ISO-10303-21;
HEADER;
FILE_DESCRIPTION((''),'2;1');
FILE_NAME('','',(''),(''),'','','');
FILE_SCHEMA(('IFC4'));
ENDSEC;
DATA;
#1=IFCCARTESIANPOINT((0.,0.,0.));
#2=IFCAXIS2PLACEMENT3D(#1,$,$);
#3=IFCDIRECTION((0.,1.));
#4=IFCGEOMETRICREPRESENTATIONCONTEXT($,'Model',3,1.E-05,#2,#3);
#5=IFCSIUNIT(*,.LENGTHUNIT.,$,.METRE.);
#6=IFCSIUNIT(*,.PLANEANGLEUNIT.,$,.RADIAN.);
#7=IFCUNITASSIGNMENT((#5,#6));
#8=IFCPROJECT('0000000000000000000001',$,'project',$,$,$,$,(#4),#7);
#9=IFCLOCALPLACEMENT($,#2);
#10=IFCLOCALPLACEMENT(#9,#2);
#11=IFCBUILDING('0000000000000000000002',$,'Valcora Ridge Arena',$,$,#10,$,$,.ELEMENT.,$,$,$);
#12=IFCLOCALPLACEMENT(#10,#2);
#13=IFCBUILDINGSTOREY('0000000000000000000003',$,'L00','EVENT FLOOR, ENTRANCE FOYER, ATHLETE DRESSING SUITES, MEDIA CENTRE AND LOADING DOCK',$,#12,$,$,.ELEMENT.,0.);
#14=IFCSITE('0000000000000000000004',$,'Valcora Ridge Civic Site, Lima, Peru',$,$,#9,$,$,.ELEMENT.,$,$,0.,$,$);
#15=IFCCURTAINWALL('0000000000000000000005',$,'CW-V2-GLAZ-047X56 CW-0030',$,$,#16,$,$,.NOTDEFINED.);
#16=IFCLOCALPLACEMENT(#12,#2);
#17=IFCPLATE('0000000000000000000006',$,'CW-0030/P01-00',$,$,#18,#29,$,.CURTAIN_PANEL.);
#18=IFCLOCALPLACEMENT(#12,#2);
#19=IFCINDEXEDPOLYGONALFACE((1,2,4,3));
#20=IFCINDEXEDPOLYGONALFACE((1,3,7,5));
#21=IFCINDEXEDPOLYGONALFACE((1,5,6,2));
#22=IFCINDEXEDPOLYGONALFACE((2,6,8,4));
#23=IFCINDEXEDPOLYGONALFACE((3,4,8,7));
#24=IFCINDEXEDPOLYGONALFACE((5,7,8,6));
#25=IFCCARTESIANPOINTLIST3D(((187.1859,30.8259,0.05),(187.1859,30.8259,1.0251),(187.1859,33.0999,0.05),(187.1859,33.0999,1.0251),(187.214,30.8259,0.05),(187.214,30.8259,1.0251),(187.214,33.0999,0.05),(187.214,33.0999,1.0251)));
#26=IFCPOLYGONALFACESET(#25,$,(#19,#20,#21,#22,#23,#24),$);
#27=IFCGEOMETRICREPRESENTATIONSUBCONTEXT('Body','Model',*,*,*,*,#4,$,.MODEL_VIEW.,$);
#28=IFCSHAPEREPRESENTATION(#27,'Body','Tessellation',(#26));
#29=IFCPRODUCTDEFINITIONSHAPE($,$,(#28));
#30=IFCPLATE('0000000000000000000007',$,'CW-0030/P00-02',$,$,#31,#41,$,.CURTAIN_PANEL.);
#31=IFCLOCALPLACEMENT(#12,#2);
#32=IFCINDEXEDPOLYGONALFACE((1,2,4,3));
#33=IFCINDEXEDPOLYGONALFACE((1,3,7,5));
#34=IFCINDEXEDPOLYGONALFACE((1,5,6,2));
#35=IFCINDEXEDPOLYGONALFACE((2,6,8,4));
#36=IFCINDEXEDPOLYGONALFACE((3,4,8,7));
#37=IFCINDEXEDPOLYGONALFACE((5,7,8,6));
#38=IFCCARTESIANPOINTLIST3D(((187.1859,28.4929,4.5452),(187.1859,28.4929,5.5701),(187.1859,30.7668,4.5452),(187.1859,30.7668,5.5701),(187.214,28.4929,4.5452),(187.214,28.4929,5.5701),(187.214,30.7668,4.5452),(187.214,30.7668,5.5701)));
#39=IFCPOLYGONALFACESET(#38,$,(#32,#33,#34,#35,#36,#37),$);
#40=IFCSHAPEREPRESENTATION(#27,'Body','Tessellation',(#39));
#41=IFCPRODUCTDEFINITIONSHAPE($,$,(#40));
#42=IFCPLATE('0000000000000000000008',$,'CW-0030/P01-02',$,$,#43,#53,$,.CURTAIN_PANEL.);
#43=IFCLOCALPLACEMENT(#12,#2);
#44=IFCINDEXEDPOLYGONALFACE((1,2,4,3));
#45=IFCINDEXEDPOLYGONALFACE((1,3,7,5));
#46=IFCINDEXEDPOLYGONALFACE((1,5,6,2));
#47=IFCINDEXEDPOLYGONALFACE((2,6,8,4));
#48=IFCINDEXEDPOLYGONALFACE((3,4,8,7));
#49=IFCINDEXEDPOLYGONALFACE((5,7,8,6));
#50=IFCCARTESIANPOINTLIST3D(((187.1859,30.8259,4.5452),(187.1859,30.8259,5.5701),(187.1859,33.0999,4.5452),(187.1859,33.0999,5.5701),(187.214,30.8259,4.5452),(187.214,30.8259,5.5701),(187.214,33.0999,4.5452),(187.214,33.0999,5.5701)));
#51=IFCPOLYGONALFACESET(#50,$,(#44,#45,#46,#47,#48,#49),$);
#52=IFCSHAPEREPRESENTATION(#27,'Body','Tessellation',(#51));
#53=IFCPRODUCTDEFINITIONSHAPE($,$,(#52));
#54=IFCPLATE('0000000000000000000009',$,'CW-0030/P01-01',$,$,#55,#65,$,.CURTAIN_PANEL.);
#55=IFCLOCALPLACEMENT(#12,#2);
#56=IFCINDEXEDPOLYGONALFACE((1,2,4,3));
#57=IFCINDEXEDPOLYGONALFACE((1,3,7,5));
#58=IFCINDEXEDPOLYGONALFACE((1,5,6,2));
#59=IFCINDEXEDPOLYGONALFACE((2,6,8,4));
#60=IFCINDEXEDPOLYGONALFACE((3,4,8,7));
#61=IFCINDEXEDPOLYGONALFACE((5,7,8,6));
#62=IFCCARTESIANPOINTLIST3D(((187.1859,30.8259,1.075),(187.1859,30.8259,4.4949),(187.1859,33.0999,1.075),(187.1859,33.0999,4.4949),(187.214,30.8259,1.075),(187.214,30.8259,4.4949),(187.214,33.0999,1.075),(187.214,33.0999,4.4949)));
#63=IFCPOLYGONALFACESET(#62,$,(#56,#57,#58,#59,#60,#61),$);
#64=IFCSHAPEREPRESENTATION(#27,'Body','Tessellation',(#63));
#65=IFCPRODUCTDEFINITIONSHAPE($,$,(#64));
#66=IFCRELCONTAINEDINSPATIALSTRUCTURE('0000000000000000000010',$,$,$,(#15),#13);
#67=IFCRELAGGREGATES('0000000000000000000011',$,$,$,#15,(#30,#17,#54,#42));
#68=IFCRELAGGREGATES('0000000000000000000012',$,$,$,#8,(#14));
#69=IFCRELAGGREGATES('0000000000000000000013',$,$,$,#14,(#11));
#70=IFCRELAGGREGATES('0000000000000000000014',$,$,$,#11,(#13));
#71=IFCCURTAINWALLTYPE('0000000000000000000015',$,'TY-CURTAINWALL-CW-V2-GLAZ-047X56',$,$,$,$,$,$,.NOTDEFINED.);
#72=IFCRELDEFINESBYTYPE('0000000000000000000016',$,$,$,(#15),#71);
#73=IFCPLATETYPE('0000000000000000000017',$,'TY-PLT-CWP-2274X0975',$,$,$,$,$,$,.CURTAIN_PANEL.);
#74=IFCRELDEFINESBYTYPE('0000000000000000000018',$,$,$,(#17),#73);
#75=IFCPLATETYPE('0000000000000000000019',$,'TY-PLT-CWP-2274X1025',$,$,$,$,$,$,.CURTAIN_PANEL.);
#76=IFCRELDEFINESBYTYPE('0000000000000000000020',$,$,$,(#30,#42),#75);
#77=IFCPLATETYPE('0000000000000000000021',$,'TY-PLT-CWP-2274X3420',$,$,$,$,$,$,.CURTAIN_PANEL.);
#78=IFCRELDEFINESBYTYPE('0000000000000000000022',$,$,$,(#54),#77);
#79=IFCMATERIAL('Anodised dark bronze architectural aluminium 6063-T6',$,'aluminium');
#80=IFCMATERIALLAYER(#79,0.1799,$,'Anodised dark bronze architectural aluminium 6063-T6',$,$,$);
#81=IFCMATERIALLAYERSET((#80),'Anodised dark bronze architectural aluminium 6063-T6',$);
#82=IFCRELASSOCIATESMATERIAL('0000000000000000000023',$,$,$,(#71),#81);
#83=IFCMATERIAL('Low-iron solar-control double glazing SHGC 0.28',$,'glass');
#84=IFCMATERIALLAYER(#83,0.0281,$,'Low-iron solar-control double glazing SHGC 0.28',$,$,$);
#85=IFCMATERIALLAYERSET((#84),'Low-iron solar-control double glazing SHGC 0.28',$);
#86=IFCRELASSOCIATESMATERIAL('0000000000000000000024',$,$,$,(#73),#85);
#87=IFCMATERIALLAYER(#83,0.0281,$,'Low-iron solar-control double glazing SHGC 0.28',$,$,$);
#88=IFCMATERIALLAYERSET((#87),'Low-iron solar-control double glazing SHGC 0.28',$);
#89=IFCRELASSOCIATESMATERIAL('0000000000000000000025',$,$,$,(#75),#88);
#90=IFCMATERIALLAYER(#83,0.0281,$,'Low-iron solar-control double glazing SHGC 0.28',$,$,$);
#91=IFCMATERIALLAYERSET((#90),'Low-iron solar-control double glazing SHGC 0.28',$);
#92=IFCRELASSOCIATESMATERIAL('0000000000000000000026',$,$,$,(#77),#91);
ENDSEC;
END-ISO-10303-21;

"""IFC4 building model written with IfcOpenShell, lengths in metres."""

from ifc_helpers import new_model, si_unit, direction, frame, origin, origin_2d, place, context, subcontext, project, spatial, rectangle, extrude, material, layer, layer_set, type_object, element, aggregate, save


model = new_model("IFC4")

# Units and contexts
model_context = context("Model", 3, precision=1e-05, world=origin(), true_north=direction((0.0, 1.0)))
body_context = subcontext(model_context, "Body", "Model", "MODEL_VIEW")
ifc_project = project(units=[si_unit("LENGTHUNIT", "METRE"), si_unit("PLANEANGLEUNIT", "RADIAN")], contexts=[model_context])

# Site, building, storey
site_placement = place(None, origin())
site = spatial("IfcSite", under=ifc_project, at=site_placement, Name="Valcora Ridge Civic Site, Lima, Peru", CompositionType="ELEMENT", RefElevation=0.0)
building_placement = place(site_placement, origin())
building = spatial("IfcBuilding", under=site, at=building_placement, Name="Valcora Ridge Arena", CompositionType="ELEMENT")
storey_placement = place(building_placement, origin())
storey = spatial("IfcBuildingStorey", under=building, at=storey_placement, Name="L00", Description="EVENT FLOOR, ENTRANCE FOYER, ATHLETE DRESSING SUITES, MEDIA CENTRE AND LOADING DOCK", CompositionType="ELEMENT", Elevation=0.0)

# Curtain wall
ifc_material_1 = material(Name="Anodised dark bronze architectural aluminium 6063-T6", Category="aluminium")
ifc_layer_1 = layer(ifc_material_1, 0.1799, Name="Anodised dark bronze architectural aluminium 6063-T6")
ifc_layer_set_1 = layer_set([ifc_layer_1], Name="Anodised dark bronze architectural aluminium 6063-T6")
curtain_wall_type = type_object("IfcCurtainWallType", Name="TY-CURTAINWALL-CW-V2-GLAZ-047X56", PredefinedType="NOTDEFINED", material=ifc_layer_set_1)
curtain_wall_1_placement = place(storey_placement, origin())
curtain_wall_1 = element("IfcCurtainWall", 1, at=curtain_wall_1_placement, inside=storey, type_object=curtain_wall_type, Name="CW-V2-GLAZ-047X56 CW-0030", PredefinedType="NOTDEFINED")

# Plates
ifc_material_2 = material(Name="Low-iron solar-control double glazing SHGC 0.28", Category="glass")
ifc_layer_2 = layer(ifc_material_2, 0.0281, Name="Low-iron solar-control double glazing SHGC 0.28")
ifc_layer_set_2 = layer_set([ifc_layer_2], Name="Low-iron solar-control double glazing SHGC 0.28")
plate_type_1 = type_object("IfcPlateType", Name="TY-PLT-CWP-2274X0975", PredefinedType="CURTAIN_PANEL", material=ifc_layer_set_2)
plate_1_placement = place(storey_placement, frame((187.2, 31.9629, 0.05), z_axis=(0.0, 0.0, 1.0), x_axis=(0.0, 1.0, 0.0)))
plate_1 = element("IfcPlate", 2, at=plate_1_placement, type_object=plate_type_1, Name="CW-0030/P01-00", PredefinedType="CURTAIN_PANEL", context=body_context, shape_type="SweptSolid", body=[
    extrude(rectangle(XDim=2.2739, YDim=0.0281, at=origin_2d()), origin(), (0.0, 0.0, 1.0), 0.9751),
])
ifc_layer_3 = layer(ifc_material_2, 0.0281, Name="Low-iron solar-control double glazing SHGC 0.28")
ifc_layer_set_3 = layer_set([ifc_layer_3], Name="Low-iron solar-control double glazing SHGC 0.28")
plate_type_2 = type_object("IfcPlateType", Name="TY-PLT-CWP-2274X1025", PredefinedType="CURTAIN_PANEL", material=ifc_layer_set_3)
plate_2_placement = place(storey_placement, frame((187.2, 29.6299, 4.5452), z_axis=(0.0, 0.0, 1.0), x_axis=(0.0, 1.0, 0.0)))
plate_2 = element("IfcPlate", 3, at=plate_2_placement, type_object=plate_type_2, Name="CW-0030/P00-02", PredefinedType="CURTAIN_PANEL", context=body_context, shape_type="SweptSolid", body=[
    extrude(rectangle(XDim=2.2739, YDim=0.0281, at=origin_2d()), origin(), (0.0, 0.0, 1.0), 1.0249),
])
plate_3_placement = place(storey_placement, frame((187.2, 31.9629, 4.5452), z_axis=(0.0, 0.0, 1.0), x_axis=(0.0, 1.0, 0.0)))
plate_3 = element("IfcPlate", 4, at=plate_3_placement, type_object=plate_type_2, Name="CW-0030/P01-02", PredefinedType="CURTAIN_PANEL", context=body_context, shape_type="SweptSolid", body=[
    extrude(rectangle(XDim=2.2739, YDim=0.0281, at=origin_2d()), origin(), (0.0, 0.0, 1.0), 1.0249),
])
ifc_layer_4 = layer(ifc_material_2, 0.0281, Name="Low-iron solar-control double glazing SHGC 0.28")
ifc_layer_set_4 = layer_set([ifc_layer_4], Name="Low-iron solar-control double glazing SHGC 0.28")
plate_type_3 = type_object("IfcPlateType", Name="TY-PLT-CWP-2274X3420", PredefinedType="CURTAIN_PANEL", material=ifc_layer_set_4)
plate_4_placement = place(storey_placement, frame((187.2, 31.9629, 1.075), z_axis=(0.0, 0.0, 1.0), x_axis=(0.0, 1.0, 0.0)))
plate_4 = element("IfcPlate", 5, at=plate_4_placement, type_object=plate_type_3, Name="CW-0030/P01-01", PredefinedType="CURTAIN_PANEL", context=body_context, shape_type="SweptSolid", body=[
    extrude(rectangle(XDim=2.2739, YDim=0.0281, at=origin_2d()), origin(), (0.0, 0.0, 1.0), 3.4199),
])
aggregate(curtain_wall_1, [plate_2, plate_1, plate_4, plate_3])

save(model, "model.ifc")
